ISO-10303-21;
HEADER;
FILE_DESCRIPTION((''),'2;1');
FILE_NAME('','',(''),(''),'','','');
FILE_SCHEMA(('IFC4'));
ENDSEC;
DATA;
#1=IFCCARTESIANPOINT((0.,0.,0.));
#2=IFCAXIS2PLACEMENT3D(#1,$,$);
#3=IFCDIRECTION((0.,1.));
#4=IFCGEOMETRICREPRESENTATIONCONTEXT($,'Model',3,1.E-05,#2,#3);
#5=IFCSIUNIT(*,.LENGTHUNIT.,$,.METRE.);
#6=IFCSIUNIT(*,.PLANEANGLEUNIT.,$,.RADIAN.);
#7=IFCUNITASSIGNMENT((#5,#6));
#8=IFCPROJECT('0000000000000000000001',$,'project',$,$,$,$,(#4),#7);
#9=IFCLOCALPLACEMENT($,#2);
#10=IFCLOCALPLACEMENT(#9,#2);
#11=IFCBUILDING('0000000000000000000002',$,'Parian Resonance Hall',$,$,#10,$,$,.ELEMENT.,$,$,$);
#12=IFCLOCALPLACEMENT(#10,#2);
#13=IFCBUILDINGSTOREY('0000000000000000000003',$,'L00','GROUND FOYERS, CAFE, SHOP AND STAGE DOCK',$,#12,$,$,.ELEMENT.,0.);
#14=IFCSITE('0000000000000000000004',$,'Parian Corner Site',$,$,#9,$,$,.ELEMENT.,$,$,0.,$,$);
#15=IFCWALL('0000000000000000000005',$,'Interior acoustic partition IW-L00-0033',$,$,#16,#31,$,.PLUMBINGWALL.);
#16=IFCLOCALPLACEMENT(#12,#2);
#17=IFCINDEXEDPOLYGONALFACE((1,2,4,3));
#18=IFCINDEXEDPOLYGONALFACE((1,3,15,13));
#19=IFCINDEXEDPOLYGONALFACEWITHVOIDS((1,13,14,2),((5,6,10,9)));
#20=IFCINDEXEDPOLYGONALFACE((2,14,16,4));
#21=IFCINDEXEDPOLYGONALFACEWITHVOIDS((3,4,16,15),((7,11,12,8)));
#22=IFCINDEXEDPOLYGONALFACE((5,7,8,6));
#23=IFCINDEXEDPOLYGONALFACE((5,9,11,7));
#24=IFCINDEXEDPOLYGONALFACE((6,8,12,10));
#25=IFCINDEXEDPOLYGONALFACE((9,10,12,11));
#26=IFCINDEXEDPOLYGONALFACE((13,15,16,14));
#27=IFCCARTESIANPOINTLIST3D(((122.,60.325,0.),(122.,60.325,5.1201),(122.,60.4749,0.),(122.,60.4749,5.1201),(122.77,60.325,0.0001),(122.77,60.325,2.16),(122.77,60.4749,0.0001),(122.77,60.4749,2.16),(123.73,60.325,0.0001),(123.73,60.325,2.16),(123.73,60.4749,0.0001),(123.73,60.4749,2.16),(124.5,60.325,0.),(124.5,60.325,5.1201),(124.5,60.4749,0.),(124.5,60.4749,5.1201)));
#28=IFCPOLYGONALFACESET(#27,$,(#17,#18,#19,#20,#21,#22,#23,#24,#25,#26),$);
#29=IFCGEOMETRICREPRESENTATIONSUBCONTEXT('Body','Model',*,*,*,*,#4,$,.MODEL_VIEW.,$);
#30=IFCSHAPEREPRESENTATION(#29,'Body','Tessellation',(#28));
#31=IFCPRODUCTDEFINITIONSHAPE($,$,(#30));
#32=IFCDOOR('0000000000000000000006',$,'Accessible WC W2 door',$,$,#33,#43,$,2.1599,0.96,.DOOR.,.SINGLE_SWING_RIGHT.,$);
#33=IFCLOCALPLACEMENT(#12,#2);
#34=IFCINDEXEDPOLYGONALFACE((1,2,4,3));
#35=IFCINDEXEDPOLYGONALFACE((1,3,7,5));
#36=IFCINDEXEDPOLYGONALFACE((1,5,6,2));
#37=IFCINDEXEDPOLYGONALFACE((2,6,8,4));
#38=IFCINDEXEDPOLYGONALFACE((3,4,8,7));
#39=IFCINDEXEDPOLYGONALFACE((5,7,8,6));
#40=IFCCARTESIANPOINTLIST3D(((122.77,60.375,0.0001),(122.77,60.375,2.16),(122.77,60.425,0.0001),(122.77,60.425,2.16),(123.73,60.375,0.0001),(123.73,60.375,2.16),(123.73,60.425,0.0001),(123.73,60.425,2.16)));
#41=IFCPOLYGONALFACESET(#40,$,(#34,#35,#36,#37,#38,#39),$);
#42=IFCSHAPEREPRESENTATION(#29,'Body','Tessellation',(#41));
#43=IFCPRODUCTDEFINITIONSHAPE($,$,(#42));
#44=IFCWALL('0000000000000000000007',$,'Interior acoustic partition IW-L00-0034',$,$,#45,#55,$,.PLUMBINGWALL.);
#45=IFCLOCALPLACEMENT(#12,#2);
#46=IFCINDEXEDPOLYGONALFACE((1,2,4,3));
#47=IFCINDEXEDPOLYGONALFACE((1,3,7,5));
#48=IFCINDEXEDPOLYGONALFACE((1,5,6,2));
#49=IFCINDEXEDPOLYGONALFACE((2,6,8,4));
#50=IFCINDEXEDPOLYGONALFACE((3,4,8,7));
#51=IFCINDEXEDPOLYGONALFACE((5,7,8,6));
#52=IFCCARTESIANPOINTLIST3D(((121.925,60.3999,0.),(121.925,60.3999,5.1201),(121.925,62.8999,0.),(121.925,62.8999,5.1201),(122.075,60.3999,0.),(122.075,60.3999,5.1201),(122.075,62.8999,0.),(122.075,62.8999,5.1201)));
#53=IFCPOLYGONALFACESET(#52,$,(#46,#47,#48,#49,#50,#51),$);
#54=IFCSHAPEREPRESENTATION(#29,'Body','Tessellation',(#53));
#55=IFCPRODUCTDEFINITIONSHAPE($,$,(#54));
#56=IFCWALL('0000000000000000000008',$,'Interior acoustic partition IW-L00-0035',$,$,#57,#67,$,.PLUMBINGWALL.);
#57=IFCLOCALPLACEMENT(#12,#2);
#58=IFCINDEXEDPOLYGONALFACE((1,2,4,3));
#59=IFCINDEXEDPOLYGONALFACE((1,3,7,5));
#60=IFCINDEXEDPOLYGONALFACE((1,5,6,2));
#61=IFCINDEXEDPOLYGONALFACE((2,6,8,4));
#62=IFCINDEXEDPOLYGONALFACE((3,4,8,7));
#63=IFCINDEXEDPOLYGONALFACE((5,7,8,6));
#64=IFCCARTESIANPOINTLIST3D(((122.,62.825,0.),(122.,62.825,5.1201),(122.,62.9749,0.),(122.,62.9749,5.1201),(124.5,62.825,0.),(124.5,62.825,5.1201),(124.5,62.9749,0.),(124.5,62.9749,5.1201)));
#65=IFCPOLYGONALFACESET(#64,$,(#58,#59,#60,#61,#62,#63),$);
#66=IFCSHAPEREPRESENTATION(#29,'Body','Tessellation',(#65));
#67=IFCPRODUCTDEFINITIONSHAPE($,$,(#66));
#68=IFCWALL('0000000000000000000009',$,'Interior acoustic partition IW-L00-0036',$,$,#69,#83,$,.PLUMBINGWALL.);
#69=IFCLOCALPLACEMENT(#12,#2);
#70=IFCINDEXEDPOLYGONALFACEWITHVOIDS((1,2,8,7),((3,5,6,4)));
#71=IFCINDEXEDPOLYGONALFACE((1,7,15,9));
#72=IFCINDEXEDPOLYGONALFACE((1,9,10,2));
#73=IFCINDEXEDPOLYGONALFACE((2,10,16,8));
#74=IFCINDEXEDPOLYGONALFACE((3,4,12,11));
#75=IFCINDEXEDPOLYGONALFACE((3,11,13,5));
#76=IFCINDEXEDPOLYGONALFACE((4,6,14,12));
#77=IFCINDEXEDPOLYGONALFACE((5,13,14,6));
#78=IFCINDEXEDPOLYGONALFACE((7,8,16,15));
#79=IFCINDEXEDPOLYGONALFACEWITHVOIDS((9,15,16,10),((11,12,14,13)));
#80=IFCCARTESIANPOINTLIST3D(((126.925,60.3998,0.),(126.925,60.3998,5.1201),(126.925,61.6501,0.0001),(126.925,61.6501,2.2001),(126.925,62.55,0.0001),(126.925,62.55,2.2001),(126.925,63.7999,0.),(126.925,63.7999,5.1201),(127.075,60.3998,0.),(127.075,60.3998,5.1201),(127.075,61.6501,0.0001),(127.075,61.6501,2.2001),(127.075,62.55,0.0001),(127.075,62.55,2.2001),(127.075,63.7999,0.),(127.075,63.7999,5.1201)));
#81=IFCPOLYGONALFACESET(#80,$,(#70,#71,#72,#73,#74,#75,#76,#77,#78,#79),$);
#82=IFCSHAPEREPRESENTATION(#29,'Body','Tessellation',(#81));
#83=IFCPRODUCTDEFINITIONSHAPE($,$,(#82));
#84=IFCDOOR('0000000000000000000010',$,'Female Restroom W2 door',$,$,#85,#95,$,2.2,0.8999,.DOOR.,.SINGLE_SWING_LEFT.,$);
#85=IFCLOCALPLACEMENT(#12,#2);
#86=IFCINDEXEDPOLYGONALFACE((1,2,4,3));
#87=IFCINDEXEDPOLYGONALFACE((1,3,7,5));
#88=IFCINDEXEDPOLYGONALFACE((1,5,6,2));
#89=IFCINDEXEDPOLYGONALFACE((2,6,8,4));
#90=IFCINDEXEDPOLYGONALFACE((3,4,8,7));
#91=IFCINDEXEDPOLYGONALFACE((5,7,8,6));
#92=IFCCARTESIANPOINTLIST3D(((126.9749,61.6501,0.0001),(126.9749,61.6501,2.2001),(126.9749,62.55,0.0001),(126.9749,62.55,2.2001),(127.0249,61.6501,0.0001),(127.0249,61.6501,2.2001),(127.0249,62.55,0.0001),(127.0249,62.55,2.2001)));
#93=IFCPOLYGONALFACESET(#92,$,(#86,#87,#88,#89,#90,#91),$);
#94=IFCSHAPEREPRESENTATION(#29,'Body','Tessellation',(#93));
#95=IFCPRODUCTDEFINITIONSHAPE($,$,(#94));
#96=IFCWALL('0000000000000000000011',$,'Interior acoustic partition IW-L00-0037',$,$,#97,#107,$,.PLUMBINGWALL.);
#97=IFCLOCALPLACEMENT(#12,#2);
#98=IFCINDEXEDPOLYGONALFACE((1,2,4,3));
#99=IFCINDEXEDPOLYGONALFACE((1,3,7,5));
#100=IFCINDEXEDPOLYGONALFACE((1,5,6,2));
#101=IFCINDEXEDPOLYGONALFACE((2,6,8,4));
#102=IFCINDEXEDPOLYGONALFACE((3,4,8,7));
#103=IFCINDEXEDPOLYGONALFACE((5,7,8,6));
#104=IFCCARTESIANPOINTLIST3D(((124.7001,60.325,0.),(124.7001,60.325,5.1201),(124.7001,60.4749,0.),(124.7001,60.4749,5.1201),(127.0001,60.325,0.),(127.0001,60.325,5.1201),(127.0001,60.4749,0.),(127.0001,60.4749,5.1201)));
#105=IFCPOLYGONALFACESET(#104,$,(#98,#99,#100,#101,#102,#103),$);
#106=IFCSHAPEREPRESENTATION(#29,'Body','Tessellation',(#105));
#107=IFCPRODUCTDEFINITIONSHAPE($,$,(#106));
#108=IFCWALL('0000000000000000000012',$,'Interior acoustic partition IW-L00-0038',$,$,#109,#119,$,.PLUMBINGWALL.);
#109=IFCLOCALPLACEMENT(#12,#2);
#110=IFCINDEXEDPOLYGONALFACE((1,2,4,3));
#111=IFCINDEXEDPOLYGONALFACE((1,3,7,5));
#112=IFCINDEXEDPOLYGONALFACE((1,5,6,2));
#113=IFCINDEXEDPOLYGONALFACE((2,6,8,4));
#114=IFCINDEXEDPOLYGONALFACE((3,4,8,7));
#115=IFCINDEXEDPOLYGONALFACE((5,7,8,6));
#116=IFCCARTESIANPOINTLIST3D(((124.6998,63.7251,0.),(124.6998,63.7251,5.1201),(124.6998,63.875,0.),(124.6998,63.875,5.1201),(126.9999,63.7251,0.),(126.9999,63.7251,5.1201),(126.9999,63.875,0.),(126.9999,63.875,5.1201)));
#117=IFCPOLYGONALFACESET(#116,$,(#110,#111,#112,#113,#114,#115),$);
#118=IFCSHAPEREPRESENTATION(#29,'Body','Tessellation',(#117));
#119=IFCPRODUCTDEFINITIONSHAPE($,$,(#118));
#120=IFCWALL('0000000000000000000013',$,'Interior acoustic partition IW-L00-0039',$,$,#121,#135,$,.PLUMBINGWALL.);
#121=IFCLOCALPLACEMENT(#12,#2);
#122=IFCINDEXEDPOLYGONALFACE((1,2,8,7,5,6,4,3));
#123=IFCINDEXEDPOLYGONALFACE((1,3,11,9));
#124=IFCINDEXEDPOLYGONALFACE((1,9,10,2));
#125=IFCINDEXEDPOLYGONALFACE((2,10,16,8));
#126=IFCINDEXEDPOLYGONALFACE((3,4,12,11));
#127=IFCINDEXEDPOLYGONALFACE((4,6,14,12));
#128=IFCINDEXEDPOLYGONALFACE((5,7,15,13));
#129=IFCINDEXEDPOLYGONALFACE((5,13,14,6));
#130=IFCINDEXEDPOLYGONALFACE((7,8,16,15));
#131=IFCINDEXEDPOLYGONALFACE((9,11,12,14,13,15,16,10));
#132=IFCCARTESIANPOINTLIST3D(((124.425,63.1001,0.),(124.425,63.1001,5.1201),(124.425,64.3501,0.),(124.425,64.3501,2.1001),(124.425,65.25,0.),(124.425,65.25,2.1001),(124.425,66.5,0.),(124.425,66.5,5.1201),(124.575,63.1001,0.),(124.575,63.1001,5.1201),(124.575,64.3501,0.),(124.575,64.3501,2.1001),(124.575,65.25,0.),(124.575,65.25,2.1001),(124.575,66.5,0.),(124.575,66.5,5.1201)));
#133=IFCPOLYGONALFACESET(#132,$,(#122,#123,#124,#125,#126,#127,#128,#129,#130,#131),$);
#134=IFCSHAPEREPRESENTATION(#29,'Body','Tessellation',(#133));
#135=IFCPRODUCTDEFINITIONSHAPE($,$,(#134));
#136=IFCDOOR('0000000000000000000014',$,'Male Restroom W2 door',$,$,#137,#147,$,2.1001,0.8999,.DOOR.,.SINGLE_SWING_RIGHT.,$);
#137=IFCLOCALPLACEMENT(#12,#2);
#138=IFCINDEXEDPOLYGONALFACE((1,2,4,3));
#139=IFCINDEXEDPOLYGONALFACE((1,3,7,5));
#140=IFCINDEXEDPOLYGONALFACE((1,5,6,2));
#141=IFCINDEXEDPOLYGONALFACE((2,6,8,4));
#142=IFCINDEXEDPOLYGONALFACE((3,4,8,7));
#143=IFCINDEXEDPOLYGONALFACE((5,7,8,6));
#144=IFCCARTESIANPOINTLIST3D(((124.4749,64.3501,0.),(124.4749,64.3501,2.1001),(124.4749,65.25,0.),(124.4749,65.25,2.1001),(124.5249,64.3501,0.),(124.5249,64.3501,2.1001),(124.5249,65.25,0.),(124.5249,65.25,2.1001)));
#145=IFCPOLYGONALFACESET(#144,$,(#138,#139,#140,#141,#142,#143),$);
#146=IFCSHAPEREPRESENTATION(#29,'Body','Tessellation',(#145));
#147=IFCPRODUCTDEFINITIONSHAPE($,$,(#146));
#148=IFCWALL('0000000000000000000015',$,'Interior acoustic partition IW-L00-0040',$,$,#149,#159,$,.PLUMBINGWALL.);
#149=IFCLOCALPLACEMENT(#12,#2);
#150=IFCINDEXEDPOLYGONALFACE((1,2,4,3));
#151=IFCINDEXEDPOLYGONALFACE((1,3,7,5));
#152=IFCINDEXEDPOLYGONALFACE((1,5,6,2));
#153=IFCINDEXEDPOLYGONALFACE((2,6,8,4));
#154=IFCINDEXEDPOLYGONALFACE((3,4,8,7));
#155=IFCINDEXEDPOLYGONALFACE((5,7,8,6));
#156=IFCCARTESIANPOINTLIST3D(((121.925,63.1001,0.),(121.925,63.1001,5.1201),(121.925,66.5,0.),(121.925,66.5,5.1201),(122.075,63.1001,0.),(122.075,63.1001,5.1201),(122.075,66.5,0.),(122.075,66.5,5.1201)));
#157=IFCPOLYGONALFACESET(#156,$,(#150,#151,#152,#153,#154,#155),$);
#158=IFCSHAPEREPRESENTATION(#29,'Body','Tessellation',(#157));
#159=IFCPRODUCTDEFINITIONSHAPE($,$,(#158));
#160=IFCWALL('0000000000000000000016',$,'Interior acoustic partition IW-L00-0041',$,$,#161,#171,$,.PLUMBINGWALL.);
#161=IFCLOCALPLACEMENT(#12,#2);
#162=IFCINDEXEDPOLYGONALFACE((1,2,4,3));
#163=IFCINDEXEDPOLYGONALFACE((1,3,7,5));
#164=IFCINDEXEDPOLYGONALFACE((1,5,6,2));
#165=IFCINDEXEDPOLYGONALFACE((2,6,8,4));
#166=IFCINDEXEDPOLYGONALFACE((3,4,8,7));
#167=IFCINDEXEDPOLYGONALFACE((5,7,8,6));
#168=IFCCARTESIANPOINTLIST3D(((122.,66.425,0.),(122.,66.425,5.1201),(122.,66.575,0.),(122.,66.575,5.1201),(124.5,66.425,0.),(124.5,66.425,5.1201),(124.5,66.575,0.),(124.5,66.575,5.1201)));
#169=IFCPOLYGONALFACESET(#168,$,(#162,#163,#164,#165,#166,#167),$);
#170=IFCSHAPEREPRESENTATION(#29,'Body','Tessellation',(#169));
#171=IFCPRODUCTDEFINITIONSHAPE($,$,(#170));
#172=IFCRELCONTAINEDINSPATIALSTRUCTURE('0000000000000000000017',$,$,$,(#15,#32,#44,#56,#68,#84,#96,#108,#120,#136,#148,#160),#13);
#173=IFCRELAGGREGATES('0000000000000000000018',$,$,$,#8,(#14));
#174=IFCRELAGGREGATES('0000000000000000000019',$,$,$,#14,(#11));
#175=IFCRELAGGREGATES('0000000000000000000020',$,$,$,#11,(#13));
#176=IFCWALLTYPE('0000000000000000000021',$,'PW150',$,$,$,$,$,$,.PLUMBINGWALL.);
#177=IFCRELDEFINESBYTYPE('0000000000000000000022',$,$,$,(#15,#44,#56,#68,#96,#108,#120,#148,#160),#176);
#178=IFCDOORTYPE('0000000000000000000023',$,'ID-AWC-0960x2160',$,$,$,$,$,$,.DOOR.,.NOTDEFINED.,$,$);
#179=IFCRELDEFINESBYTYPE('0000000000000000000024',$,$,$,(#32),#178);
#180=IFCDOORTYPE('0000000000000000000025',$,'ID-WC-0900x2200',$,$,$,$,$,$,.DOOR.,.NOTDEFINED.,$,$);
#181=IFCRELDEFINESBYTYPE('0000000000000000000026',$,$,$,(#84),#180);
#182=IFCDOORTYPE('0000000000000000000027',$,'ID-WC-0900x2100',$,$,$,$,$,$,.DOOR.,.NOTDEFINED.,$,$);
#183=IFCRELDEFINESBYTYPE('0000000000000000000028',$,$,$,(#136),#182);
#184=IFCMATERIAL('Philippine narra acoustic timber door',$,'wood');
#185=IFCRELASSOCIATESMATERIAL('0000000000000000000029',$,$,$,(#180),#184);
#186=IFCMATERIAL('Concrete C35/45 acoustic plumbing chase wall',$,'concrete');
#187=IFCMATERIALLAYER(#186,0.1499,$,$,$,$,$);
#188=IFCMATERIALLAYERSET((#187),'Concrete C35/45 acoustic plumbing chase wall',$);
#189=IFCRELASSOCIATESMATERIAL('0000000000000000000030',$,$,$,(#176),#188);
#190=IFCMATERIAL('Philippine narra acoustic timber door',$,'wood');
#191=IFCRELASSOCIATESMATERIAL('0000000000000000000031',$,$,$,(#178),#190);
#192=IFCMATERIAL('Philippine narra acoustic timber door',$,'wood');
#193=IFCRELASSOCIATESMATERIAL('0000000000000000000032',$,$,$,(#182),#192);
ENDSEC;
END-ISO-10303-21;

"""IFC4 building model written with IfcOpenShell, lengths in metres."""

from ifc_helpers import new_model, si_unit, direction, frame, frame_2d, origin, place, context, subcontext, project, spatial, rectangle, extrude, material, layer, layer_set, type_object, element, fill, save


model = new_model("IFC4")

# Units and contexts
model_context = context("Model", 3, precision=1e-05, world=origin(), true_north=direction((0.0, 1.0)))
body_context = subcontext(model_context, "Body", "Model", "MODEL_VIEW")
ifc_project = project(units=[si_unit("LENGTHUNIT", "METRE"), si_unit("PLANEANGLEUNIT", "RADIAN")], contexts=[model_context])

# Site, building, storey
site_placement = place(None, origin())
site = spatial("IfcSite", under=ifc_project, at=site_placement, Name="Parian Corner Site", CompositionType="ELEMENT", RefElevation=0.0)
building_placement = place(site_placement, origin())
building = spatial("IfcBuilding", under=site, at=building_placement, Name="Parian Resonance Hall", CompositionType="ELEMENT")
storey_placement = place(building_placement, origin())
storey = spatial("IfcBuildingStorey", under=building, at=storey_placement, Name="L00", Description="GROUND FOYERS, CAFE, SHOP AND STAGE DOCK", CompositionType="ELEMENT", Elevation=0.0)

# Shared definitions
ifc_material_1 = material(Name="Philippine narra acoustic timber door", Category="wood")
door_type_1 = type_object("IfcDoorType", Name="ID-WC-0900x2200", OperationType="NOTDEFINED", PredefinedType="DOOR", material=ifc_material_1)

# Shared definitions
ifc_material_2 = material(Name="Concrete C35/45 acoustic plumbing chase wall", Category="concrete")
ifc_layer_1 = layer(ifc_material_2, 0.1499)
ifc_layer_set_1 = layer_set([ifc_layer_1], Name="Concrete C35/45 acoustic plumbing chase wall")
wall_type_1 = type_object("IfcWallType", Name="PW150", PredefinedType="PLUMBINGWALL", material=ifc_layer_set_1)

# Wall, opening, door
wall_1_placement = place(storey_placement, frame((124.5, 60.3999, 0.0), z_axis=(0.0, 0.0, 1.0), x_axis=(-1.0, 0.0, 0.0)))
wall_1 = element("IfcWall", 1, at=wall_1_placement, inside=storey, type_object=wall_type_1, Name="Interior acoustic partition IW-L00-0033", PredefinedType="PLUMBINGWALL", context=body_context, shape_type="SweptSolid", body=[
    extrude(rectangle(XDim=2.5, YDim=0.1499, at=frame_2d((1.25, 0.0))), origin(), (0.0, 0.0, 1.0), 5.1201),
])
opening_1_placement = place(wall_1_placement, frame((0.77, 0.0, 0.0)))
opening_1 = element("IfcOpeningElement", 2, at=opening_1_placement, cuts=wall_1, PredefinedType="OPENING", context=body_context, shape_type="SweptSolid", body=[
    extrude(rectangle(XDim=0.96, YDim=2.1599, at=frame_2d((0.48, 1.0801))), frame((0.0, 0.085, 0.0), z_axis=(0.0, -1.0, 0.0), x_axis=(1.0, 0.0, 0.0)), (0.0, 0.0, 1.0), 0.1699),
])
ifc_material_3 = material(Name="Philippine narra acoustic timber door", Category="wood")
door_type_2 = type_object("IfcDoorType", Name="ID-AWC-0960x2160", OperationType="NOTDEFINED", PredefinedType="DOOR", material=ifc_material_3)
door_1_placement = place(opening_1_placement, origin())
door_1 = element("IfcDoor", 3, at=door_1_placement, inside=storey, type_object=door_type_2, Name="Accessible WC W2 door", OperationType="SINGLE_SWING_RIGHT", OverallHeight=2.1599, OverallWidth=0.96, PredefinedType="DOOR", context=body_context, shape_type="SweptSolid", body=[
    extrude(rectangle(XDim=0.96, YDim=2.1599, at=frame_2d((0.48, 1.0801))), frame((0.0, 0.0249, 0.0), z_axis=(0.0, -1.0, 0.0), x_axis=(1.0, 0.0, 0.0)), (0.0, 0.0, 1.0), 0.05),
])
fill(opening_1, door_1)

# Walls
for number, where, z_axis, x_axis, name in (
    (4, (122.0, 60.3999, 0.0), (0.0, 0.0, 1.0), (0.0, 1.0, 0.0), "Interior acoustic partition IW-L00-0034"),
    (5, (122.0, 62.8999, 0.0), (0.0, 0.0, 1.0), (1.0, 0.0, 0.0), "Interior acoustic partition IW-L00-0035"),
):
    element("IfcWall", number, at=place(storey_placement, frame(where, z_axis=z_axis, x_axis=x_axis)), inside=storey, type_object=wall_type_1, Name=name, PredefinedType="PLUMBINGWALL", context=body_context, shape_type="SweptSolid", body=[
        extrude(rectangle(XDim=2.5, YDim=0.1499, at=frame_2d((1.25, 0.0))), origin(), (0.0, 0.0, 1.0), 5.1201),
    ])

# Wall, opening, door
wall_2_placement = place(storey_placement, frame((127.0, 63.8, 0.0), z_axis=(0.0, 0.0, 1.0), x_axis=(0.0, -1.0, 0.0)))
wall_2 = element("IfcWall", 6, at=wall_2_placement, inside=storey, type_object=wall_type_1, Name="Interior acoustic partition IW-L00-0036", PredefinedType="PLUMBINGWALL", context=body_context, shape_type="SweptSolid", body=[
    extrude(rectangle(XDim=3.4001, YDim=0.1499, at=frame_2d((1.7002, 0.0))), origin(), (0.0, 0.0, 1.0), 5.1201),
])
opening_2_placement = place(wall_2_placement, frame((1.25, 0.0, 0.0)))
opening_2 = element("IfcOpeningElement", 7, at=opening_2_placement, cuts=wall_2, PredefinedType="OPENING", context=body_context, shape_type="SweptSolid", body=[
    extrude(rectangle(XDim=0.8999, YDim=2.2, at=frame_2d((0.45, 1.1001))), frame((0.0, 0.085, 0.0), z_axis=(0.0, -1.0, 0.0), x_axis=(1.0, 0.0, 0.0)), (0.0, 0.0, 1.0), 0.1699),
])
door_2_placement = place(opening_2_placement, origin())
door_2 = element("IfcDoor", 8, at=door_2_placement, inside=storey, type_object=door_type_1, Name="Female Restroom W2 door", OperationType="SINGLE_SWING_LEFT", OverallHeight=2.2, OverallWidth=0.8999, PredefinedType="DOOR", context=body_context, shape_type="SweptSolid", body=[
    extrude(rectangle(XDim=0.8999, YDim=2.2, at=frame_2d((0.45, 1.1001))), frame((0.0, 0.0249, 0.0), z_axis=(0.0, -1.0, 0.0), x_axis=(1.0, 0.0, 0.0)), (0.0, 0.0, 1.0), 0.05),
])
fill(opening_2, door_2)

# Walls
for number, where, z_axis, x_axis, name in (
    (9, (127.0, 60.3999, 0.0), (0.0, 0.0, 1.0), (-1.0, 0.0, 0.0), "Interior acoustic partition IW-L00-0037"),
    (10, (124.7, 63.8, 0.0), (0.0, 0.0, 1.0), (1.0, 0.0, 0.0), "Interior acoustic partition IW-L00-0038"),
):
    element("IfcWall", number, at=place(storey_placement, frame(where, z_axis=z_axis, x_axis=x_axis)), inside=storey, type_object=wall_type_1, Name=name, PredefinedType="PLUMBINGWALL", context=body_context, shape_type="SweptSolid", body=[
        extrude(rectangle(XDim=2.3, YDim=0.1499, at=frame_2d((1.1499, 0.0))), origin(), (0.0, 0.0, 1.0), 5.1201),
    ])

# Wall, opening, door
wall_3_placement = place(storey_placement, frame((124.5, 66.5, 0.0), z_axis=(0.0, 0.0, 1.0), x_axis=(0.0, -1.0, 0.0)))
wall_3 = element("IfcWall", 11, at=wall_3_placement, inside=storey, type_object=wall_type_1, Name="Interior acoustic partition IW-L00-0039", PredefinedType="PLUMBINGWALL", context=body_context, shape_type="SweptSolid", body=[
    extrude(rectangle(XDim=3.3999, YDim=0.1499, at=frame_2d((1.7, 0.0))), origin(), (0.0, 0.0, 1.0), 5.1201),
])
opening_3_placement = place(wall_3_placement, frame((1.25, 0.0, 0.0)))
opening_3 = element("IfcOpeningElement", 12, at=opening_3_placement, cuts=wall_3, PredefinedType="OPENING", context=body_context, shape_type="SweptSolid", body=[
    extrude(rectangle(XDim=0.8999, YDim=2.1001, at=frame_2d((0.45, 1.05))), frame((0.0, 0.085, 0.0), z_axis=(0.0, -1.0, 0.0), x_axis=(1.0, 0.0, 0.0)), (0.0, 0.0, 1.0), 0.1699),
])
ifc_material_4 = material(Name="Philippine narra acoustic timber door", Category="wood")
door_type_3 = type_object("IfcDoorType", Name="ID-WC-0900x2100", OperationType="NOTDEFINED", PredefinedType="DOOR", material=ifc_material_4)
door_3_placement = place(opening_3_placement, origin())
door_3 = element("IfcDoor", 13, at=door_3_placement, inside=storey, type_object=door_type_3, Name="Male Restroom W2 door", OperationType="SINGLE_SWING_RIGHT", OverallHeight=2.1001, OverallWidth=0.8999, PredefinedType="DOOR", context=body_context, shape_type="SweptSolid", body=[
    extrude(rectangle(XDim=0.8999, YDim=2.1001, at=frame_2d((0.45, 1.05))), frame((0.0, 0.0249, 0.0), z_axis=(0.0, -1.0, 0.0), x_axis=(1.0, 0.0, 0.0)), (0.0, 0.0, 1.0), 0.05),
])
fill(opening_3, door_3)

# Walls
wall_4_placement = place(storey_placement, frame((122.0, 63.1001, 0.0), z_axis=(0.0, 0.0, 1.0), x_axis=(0.0, 1.0, 0.0)))
element("IfcWall", 14, at=wall_4_placement, inside=storey, type_object=wall_type_1, Name="Interior acoustic partition IW-L00-0040", PredefinedType="PLUMBINGWALL", context=body_context, shape_type="SweptSolid", body=[
    extrude(rectangle(XDim=3.3999, YDim=0.1499, at=frame_2d((1.7, 0.0))), origin(), (0.0, 0.0, 1.0), 5.1201),
])
wall_5_placement = place(storey_placement, frame((122.0, 66.5, 0.0), z_axis=(0.0, 0.0, 1.0), x_axis=(1.0, 0.0, 0.0)))
element("IfcWall", 15, at=wall_5_placement, inside=storey, type_object=wall_type_1, Name="Interior acoustic partition IW-L00-0041", PredefinedType="PLUMBINGWALL", context=body_context, shape_type="SweptSolid", body=[
    extrude(rectangle(XDim=2.5, YDim=0.1499, at=frame_2d((1.25, 0.0))), origin(), (0.0, 0.0, 1.0), 5.1201),
])

save(model, "model.ifc")
